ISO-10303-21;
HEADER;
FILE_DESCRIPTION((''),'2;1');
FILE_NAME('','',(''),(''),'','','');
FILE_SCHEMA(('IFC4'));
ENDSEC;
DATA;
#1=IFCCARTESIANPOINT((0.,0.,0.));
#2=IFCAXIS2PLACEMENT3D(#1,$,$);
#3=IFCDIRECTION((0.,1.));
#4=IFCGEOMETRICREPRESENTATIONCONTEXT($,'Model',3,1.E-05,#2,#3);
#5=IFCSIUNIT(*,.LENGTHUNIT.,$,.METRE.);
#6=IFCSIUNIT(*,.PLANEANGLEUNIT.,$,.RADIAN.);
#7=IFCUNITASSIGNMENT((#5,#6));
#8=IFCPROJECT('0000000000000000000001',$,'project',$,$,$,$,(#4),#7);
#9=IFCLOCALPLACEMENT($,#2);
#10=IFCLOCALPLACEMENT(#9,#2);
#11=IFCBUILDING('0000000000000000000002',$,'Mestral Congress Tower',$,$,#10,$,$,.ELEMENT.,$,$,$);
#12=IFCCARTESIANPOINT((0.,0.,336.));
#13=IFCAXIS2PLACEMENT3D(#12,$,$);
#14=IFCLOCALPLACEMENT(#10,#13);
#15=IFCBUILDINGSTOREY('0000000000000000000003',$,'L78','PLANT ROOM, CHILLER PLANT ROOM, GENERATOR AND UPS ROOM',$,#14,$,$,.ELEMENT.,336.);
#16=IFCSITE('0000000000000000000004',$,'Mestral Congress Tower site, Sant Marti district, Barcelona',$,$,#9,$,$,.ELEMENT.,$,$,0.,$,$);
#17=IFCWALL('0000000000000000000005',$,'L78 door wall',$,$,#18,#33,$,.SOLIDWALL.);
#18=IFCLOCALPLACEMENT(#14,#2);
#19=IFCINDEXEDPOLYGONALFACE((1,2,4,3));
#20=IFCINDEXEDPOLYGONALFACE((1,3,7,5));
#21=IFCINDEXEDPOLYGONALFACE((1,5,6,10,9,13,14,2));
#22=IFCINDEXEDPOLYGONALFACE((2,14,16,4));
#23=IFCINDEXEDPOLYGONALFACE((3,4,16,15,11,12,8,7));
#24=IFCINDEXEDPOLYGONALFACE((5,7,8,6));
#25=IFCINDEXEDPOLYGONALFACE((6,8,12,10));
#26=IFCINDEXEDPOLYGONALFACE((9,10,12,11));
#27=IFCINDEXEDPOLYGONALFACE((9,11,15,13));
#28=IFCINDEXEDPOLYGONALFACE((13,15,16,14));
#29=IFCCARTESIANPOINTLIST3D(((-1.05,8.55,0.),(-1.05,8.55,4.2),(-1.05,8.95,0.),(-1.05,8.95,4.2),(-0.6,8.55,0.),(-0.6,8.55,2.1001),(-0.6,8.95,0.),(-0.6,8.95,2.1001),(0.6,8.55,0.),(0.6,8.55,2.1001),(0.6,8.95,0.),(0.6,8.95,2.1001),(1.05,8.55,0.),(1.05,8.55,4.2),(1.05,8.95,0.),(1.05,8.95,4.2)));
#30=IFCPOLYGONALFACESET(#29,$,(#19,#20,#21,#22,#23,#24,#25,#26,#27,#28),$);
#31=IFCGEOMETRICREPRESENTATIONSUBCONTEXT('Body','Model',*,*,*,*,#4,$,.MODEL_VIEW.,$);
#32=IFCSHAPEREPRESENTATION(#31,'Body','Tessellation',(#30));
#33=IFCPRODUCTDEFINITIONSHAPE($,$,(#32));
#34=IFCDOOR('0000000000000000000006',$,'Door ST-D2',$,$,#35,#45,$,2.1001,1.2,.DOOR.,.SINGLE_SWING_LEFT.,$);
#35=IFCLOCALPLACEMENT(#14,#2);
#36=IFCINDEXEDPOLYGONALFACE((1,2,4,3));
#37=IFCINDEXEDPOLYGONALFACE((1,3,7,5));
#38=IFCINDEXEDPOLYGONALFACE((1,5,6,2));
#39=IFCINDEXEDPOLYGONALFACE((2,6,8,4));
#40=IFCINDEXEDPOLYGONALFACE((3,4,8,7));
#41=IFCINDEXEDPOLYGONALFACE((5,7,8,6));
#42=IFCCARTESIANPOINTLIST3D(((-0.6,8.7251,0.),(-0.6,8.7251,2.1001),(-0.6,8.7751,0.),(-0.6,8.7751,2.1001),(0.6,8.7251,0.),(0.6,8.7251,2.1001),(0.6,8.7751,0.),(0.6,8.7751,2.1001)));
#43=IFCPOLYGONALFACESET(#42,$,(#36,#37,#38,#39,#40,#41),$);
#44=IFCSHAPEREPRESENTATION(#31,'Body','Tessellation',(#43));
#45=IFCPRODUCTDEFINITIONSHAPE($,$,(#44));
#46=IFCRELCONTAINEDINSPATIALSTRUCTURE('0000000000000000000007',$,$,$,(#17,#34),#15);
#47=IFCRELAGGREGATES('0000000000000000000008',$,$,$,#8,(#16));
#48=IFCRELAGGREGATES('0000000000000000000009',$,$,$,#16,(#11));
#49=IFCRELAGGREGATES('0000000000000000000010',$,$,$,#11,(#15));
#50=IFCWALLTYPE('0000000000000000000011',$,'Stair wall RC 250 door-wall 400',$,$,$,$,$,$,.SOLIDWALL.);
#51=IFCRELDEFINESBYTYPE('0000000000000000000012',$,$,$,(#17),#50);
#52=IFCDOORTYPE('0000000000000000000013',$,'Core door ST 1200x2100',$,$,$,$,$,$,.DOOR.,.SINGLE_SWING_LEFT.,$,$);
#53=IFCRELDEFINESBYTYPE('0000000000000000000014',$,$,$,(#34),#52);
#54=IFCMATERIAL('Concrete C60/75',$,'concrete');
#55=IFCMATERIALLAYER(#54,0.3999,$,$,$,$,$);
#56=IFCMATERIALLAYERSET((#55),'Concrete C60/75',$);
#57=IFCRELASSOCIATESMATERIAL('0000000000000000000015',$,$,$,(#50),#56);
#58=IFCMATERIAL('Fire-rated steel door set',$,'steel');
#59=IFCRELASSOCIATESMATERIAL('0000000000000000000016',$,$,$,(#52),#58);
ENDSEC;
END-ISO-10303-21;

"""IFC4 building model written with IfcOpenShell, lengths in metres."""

from ifc_helpers import new_model, si_unit, direction, frame, frame_2d, origin, place, context, subcontext, project, spatial, rectangle, extrude, material, layer, layer_set, type_object, element, fill, save


model = new_model("IFC4")

# Units and contexts
model_context = context("Model", 3, precision=1e-05, world=origin(), true_north=direction((0.0, 1.0)))
body_context = subcontext(model_context, "Body", "Model", "MODEL_VIEW")
ifc_project = project(units=[si_unit("LENGTHUNIT", "METRE"), si_unit("PLANEANGLEUNIT", "RADIAN")], contexts=[model_context])

# Site, building, storey
site_placement = place(None, origin())
site = spatial("IfcSite", under=ifc_project, at=site_placement, Name="Mestral Congress Tower site, Sant Marti district, Barcelona", CompositionType="ELEMENT", RefElevation=0.0)
building_placement = place(site_placement, origin())
building = spatial("IfcBuilding", under=site, at=building_placement, Name="Mestral Congress Tower", CompositionType="ELEMENT")
storey_placement = place(building_placement, frame((0.0, 0.0, 336.0)))
storey = spatial("IfcBuildingStorey", under=building, at=storey_placement, Name="L78", Description="PLANT ROOM, CHILLER PLANT ROOM, GENERATOR AND UPS ROOM", CompositionType="ELEMENT", Elevation=336.0)

# Shared definitions
ifc_material_1 = material(Name="Concrete C60/75", Category="concrete")

# Shared definitions
ifc_material_2 = material(Name="Fire-rated steel door set", Category="steel")

# Wall, opening, door
ifc_layer_1 = layer(ifc_material_1, 0.3999)
ifc_layer_set_1 = layer_set([ifc_layer_1], Name="Concrete C60/75")
wall_type_1 = type_object("IfcWallType", Name="Stair wall RC 250 door-wall 400", PredefinedType="SOLIDWALL", material=ifc_layer_set_1)
wall_1_placement = place(storey_placement, frame((1.05, 8.75, 0.0), z_axis=(0.0, 0.0, 1.0), x_axis=(-1.0, 0.0, 0.0)))
wall_1 = element("IfcWall", 1, at=wall_1_placement, inside=storey, type_object=wall_type_1, Name="L78 door wall", PredefinedType="SOLIDWALL", context=body_context, shape_type="SweptSolid", body=[
    extrude(rectangle(XDim=2.1001, YDim=0.3999, at=frame_2d((1.05, 0.0))), origin(), (0.0, 0.0, 1.0), 4.2),
])
opening_1_placement = place(wall_1_placement, frame((0.45, 0.0, 0.0)))
opening_1 = element("IfcOpeningElement", 2, at=opening_1_placement, cuts=wall_1, PredefinedType="OPENING", context=body_context, shape_type="SweptSolid", body=[
    extrude(rectangle(XDim=1.2, YDim=2.1001, at=frame_2d((0.6001, 1.05))), frame((0.0, 0.21, 0.0), z_axis=(0.0, -1.0, 0.0), x_axis=(1.0, 0.0, 0.0)), (0.0, 0.0, 1.0), 0.4199),
])
door_type_1 = type_object("IfcDoorType", Name="Core door ST 1200x2100", OperationType="SINGLE_SWING_LEFT", PredefinedType="DOOR", material=ifc_material_2)
door_1_placement = place(opening_1_placement, origin())
door_1 = element("IfcDoor", 3, at=door_1_placement, inside=storey, type_object=door_type_1, Name="Door ST-D2", OperationType="SINGLE_SWING_LEFT", OverallHeight=2.1001, OverallWidth=1.2, PredefinedType="DOOR", context=body_context, shape_type="SweptSolid", body=[
    extrude(rectangle(XDim=1.2, YDim=2.1001, at=frame_2d((0.6001, 1.05))), frame((0.0, 0.0249, 0.0), z_axis=(0.0, -1.0, 0.0), x_axis=(1.0, 0.0, 0.0)), (0.0, 0.0, 1.0), 0.05),
])
fill(opening_1, door_1)

save(model, "model.ifc")
